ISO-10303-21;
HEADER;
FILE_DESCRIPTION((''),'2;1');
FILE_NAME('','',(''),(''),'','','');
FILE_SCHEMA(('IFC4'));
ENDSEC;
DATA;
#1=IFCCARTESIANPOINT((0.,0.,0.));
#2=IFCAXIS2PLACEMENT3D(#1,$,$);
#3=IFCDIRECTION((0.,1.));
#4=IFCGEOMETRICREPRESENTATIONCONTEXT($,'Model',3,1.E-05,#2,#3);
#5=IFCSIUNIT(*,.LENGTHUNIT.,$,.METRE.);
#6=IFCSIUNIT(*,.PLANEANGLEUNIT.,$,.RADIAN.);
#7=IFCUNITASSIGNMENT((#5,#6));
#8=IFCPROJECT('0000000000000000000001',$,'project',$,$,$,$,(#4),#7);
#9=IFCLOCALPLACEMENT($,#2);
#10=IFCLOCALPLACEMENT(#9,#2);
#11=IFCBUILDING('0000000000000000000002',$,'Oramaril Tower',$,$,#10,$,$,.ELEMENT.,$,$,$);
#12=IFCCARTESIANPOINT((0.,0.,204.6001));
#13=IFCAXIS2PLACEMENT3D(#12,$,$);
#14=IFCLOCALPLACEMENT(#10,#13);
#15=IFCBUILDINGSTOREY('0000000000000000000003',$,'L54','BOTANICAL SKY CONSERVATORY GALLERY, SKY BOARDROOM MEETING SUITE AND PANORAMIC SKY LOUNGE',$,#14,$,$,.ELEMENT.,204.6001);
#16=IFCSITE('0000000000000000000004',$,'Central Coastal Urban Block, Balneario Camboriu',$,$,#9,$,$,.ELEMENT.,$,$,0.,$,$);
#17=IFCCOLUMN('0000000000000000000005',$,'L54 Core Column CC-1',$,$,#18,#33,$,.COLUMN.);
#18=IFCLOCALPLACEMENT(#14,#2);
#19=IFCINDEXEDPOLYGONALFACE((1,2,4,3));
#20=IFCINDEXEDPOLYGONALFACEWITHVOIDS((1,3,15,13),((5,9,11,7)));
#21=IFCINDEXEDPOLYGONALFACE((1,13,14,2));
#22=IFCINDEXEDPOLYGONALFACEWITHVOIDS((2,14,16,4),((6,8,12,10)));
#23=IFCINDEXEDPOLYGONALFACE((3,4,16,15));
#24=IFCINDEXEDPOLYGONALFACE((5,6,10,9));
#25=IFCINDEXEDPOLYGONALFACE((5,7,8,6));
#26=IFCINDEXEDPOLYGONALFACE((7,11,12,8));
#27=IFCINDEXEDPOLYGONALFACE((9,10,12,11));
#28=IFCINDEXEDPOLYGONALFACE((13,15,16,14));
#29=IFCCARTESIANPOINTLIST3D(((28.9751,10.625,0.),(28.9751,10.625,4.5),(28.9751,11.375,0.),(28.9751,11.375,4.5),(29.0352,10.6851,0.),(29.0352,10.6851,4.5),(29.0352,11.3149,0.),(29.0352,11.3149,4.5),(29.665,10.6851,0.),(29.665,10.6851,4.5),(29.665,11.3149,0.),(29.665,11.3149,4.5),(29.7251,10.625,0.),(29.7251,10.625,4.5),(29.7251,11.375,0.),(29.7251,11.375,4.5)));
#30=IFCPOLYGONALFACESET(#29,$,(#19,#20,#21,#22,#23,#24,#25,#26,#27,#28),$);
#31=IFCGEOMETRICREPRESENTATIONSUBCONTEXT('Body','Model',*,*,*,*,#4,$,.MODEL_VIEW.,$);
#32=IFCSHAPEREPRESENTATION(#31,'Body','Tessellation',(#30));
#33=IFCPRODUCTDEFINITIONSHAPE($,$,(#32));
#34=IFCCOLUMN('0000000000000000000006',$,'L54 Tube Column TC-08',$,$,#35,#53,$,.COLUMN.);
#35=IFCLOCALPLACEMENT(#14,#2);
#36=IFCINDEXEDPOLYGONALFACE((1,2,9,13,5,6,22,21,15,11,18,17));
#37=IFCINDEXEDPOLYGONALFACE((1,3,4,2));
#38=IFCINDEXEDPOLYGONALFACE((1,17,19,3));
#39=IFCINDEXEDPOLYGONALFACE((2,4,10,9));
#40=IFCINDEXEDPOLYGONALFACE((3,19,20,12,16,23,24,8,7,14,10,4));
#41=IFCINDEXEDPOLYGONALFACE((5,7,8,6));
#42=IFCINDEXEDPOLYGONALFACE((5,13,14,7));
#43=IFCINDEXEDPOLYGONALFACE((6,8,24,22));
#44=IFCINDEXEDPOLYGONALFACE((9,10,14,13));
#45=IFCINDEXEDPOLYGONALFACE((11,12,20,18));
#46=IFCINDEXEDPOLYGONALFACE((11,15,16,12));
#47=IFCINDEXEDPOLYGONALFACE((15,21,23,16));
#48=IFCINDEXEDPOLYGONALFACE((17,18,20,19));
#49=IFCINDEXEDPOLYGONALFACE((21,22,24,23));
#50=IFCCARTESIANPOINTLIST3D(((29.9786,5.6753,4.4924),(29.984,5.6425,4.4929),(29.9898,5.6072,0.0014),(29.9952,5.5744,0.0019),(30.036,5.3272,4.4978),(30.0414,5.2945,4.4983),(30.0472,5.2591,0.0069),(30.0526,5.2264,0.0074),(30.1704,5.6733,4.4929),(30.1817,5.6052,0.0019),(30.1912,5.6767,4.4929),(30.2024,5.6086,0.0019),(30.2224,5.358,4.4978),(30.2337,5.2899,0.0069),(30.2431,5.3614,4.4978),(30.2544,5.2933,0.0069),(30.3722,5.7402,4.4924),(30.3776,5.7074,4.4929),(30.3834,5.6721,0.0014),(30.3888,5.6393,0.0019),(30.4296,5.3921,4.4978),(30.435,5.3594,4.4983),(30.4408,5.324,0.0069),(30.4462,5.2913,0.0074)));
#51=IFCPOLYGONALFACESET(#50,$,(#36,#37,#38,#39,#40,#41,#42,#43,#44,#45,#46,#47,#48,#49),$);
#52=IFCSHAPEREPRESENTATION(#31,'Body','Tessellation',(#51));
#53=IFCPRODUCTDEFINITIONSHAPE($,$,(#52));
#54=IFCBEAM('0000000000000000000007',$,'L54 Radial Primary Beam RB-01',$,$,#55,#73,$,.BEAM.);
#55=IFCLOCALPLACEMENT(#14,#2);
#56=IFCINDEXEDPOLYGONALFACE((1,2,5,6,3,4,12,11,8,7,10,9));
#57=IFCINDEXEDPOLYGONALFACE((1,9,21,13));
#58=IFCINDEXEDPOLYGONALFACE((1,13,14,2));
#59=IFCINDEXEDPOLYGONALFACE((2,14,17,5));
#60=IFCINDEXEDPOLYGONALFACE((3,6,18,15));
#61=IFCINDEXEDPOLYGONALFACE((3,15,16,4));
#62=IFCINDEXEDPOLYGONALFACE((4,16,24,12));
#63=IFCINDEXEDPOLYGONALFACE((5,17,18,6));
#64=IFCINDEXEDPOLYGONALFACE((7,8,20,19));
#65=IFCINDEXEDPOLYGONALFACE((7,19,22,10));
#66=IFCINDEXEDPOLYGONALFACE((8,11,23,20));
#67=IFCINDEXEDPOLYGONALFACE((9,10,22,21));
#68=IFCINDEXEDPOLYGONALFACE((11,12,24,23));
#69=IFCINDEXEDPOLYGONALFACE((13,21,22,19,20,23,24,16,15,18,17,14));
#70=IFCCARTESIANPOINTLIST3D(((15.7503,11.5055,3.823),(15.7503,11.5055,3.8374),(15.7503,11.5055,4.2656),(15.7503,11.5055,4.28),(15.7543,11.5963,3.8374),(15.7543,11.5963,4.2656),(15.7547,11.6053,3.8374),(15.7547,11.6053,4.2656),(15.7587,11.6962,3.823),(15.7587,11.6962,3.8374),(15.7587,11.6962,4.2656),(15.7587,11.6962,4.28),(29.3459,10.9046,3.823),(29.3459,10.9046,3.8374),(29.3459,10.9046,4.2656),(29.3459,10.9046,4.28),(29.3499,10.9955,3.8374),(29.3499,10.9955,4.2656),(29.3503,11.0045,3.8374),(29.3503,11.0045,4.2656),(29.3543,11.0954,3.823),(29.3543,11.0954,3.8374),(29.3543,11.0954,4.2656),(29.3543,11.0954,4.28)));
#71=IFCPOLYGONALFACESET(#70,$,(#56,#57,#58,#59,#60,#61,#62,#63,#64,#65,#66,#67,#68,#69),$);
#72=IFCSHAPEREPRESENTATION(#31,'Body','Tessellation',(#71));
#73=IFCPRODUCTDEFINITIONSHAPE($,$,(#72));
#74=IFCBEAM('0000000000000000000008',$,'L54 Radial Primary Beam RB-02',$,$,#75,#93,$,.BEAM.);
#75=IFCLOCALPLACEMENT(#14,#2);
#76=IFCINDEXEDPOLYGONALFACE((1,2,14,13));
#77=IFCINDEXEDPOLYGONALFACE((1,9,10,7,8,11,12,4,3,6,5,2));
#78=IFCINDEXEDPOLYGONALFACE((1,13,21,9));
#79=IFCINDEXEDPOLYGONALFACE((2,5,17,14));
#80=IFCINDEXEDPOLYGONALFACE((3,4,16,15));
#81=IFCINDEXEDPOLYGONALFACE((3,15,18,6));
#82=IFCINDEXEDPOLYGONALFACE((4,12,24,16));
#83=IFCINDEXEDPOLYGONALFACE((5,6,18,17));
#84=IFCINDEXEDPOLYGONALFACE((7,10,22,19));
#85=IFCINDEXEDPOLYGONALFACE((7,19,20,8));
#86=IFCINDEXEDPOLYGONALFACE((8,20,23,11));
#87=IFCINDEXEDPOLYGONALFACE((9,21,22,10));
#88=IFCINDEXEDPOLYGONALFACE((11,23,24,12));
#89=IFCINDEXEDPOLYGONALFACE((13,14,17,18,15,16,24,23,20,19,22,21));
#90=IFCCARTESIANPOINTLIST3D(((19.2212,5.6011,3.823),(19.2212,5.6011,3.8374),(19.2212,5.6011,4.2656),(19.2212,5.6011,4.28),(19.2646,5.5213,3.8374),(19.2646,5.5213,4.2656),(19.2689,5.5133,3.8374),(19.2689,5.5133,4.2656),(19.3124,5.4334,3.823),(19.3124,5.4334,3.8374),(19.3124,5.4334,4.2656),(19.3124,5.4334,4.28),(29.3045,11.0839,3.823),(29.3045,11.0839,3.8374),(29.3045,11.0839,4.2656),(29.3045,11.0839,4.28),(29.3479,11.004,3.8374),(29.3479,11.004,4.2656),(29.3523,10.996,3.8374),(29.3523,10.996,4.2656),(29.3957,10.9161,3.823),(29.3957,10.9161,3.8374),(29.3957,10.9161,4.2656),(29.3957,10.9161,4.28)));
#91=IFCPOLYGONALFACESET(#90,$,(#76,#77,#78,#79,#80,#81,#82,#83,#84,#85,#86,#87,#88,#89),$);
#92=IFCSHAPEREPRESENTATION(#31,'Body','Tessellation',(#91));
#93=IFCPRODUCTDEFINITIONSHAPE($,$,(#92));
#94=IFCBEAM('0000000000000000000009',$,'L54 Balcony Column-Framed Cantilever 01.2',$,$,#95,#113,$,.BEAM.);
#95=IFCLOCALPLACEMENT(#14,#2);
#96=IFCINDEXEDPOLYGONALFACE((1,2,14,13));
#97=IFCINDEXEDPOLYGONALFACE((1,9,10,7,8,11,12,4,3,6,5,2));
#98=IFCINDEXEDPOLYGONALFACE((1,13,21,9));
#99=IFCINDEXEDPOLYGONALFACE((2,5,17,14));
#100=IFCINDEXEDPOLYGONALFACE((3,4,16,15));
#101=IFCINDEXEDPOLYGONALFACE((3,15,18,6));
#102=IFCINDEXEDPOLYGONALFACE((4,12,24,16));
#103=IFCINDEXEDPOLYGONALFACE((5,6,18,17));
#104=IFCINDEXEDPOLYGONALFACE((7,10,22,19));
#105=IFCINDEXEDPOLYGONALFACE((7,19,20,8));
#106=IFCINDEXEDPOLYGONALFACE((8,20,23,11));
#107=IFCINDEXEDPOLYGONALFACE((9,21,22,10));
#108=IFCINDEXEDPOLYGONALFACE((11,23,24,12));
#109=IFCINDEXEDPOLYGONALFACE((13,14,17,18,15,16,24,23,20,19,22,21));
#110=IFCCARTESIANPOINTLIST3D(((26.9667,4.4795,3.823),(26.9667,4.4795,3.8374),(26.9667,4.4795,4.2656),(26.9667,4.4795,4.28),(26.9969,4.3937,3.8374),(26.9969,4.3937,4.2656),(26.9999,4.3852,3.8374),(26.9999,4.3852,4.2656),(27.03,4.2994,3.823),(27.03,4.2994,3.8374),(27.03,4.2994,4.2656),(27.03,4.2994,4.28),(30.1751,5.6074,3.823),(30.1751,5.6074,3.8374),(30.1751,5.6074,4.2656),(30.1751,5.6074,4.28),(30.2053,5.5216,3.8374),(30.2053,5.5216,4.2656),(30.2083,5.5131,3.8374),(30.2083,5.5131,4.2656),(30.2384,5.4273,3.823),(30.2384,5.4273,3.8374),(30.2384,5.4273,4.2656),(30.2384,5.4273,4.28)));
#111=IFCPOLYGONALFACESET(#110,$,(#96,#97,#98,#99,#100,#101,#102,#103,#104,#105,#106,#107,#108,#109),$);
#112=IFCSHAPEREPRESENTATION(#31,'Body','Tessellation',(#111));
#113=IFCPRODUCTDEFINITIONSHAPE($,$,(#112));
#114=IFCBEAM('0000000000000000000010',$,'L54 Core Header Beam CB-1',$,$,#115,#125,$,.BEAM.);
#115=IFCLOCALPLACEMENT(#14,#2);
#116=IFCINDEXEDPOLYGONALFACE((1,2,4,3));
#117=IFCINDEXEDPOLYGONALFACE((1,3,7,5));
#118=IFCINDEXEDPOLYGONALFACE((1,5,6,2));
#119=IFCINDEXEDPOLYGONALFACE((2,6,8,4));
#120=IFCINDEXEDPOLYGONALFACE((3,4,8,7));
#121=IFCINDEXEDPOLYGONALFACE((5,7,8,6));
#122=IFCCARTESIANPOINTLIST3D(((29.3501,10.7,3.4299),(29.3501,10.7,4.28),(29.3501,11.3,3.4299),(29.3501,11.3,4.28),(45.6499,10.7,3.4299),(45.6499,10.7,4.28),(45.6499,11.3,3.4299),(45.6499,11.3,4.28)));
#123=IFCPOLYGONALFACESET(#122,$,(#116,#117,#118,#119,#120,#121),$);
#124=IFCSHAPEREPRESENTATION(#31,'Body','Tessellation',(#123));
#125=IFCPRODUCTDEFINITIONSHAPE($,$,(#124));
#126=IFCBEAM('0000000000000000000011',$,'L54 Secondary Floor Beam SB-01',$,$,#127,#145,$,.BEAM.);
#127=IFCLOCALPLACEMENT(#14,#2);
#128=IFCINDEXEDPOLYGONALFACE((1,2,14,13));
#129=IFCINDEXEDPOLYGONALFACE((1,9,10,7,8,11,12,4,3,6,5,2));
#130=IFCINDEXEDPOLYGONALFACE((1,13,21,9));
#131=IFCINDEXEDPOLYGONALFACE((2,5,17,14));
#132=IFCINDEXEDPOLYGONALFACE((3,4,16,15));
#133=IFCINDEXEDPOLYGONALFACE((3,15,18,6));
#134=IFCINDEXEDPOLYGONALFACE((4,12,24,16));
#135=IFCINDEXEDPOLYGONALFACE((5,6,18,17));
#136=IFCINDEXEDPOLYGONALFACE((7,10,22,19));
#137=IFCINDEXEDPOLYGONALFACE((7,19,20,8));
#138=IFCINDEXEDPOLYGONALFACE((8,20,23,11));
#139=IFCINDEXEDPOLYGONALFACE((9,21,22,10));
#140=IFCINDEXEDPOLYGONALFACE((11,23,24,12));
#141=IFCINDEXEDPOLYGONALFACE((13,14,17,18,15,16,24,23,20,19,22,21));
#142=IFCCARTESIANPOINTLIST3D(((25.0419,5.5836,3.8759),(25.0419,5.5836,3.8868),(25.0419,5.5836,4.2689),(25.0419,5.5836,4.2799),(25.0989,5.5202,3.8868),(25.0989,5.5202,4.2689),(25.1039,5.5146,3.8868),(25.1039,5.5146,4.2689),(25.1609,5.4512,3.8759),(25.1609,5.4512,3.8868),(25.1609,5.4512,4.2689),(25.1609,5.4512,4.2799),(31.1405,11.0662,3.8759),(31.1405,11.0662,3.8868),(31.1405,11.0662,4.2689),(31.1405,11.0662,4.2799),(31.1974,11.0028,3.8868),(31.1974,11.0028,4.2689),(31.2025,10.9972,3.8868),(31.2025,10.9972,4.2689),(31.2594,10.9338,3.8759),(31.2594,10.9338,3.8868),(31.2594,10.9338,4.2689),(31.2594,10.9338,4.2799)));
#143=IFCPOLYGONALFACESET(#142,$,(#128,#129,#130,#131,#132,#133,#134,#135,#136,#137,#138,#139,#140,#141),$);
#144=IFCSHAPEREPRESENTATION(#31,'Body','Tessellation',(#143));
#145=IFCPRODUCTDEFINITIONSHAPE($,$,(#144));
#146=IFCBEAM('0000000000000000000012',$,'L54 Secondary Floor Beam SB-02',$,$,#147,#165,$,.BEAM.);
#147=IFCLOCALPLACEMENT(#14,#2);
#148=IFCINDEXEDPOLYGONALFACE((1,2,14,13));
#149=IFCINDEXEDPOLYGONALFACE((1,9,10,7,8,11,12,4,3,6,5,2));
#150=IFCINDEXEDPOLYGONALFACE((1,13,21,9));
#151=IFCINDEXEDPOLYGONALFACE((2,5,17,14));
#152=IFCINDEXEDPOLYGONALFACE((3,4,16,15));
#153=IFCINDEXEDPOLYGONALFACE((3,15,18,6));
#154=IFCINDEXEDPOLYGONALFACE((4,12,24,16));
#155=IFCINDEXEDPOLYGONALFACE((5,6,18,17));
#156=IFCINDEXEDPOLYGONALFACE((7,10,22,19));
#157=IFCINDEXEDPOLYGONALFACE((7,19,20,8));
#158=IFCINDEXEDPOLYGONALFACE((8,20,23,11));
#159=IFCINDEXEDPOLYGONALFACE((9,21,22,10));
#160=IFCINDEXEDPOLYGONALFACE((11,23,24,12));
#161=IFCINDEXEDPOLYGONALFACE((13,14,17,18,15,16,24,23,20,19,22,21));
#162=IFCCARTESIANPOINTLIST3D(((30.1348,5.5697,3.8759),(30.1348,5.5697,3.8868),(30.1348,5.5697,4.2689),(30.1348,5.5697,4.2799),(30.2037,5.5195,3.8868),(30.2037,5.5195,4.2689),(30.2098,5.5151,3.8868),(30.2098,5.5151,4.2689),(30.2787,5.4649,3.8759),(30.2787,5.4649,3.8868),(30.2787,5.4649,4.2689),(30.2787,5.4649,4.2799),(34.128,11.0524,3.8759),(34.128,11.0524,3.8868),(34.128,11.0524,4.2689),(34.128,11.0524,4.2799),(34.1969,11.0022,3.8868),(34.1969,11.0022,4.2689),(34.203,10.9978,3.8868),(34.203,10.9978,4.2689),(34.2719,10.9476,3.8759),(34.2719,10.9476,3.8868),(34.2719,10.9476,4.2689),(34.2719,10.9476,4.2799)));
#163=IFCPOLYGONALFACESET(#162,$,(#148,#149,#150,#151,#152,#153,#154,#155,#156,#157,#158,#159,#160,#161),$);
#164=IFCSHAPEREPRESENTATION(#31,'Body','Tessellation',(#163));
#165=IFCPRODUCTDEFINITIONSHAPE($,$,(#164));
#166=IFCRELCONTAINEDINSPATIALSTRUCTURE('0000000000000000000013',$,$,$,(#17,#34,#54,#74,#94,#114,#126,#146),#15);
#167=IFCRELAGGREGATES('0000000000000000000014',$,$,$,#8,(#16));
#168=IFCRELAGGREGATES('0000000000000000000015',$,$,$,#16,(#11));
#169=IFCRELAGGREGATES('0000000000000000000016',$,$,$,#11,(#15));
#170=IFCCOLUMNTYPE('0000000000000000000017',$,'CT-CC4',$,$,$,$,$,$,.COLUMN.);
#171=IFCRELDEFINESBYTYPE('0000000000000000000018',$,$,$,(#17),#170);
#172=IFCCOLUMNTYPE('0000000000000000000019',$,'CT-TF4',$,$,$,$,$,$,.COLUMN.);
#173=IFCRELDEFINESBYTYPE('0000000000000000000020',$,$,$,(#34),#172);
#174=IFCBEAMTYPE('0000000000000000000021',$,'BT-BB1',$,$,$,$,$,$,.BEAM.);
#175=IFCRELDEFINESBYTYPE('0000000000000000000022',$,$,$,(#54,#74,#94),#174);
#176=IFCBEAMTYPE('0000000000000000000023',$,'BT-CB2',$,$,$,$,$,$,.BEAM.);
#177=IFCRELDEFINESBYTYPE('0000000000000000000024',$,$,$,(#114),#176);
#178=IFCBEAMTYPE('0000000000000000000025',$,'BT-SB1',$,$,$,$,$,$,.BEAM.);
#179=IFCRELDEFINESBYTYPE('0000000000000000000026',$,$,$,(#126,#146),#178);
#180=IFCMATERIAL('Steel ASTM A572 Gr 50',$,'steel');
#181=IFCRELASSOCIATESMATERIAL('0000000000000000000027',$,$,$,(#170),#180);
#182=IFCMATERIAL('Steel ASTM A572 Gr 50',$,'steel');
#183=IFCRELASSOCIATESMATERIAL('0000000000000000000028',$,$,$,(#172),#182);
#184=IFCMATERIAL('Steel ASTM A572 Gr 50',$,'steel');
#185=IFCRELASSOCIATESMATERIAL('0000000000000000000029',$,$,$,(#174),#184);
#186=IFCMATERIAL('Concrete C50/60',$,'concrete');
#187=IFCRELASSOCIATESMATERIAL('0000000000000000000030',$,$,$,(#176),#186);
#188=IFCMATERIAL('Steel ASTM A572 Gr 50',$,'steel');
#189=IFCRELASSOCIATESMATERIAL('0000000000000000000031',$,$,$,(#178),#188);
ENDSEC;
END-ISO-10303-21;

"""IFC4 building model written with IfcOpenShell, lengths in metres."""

from ifc_helpers import new_model, si_unit, direction, frame, origin, origin_2d, place, context, subcontext, project, spatial, rectangle, hollow_rectangle, i_section, extrude, material, material_profile, profile_set, type_object, element, save


model = new_model("IFC4")

# Units and contexts
model_context = context("Model", 3, precision=1e-05, world=origin(), true_north=direction((0.0, 1.0)))
body_context = subcontext(model_context, "Body", "Model", "MODEL_VIEW")
ifc_project = project(units=[si_unit("LENGTHUNIT", "METRE"), si_unit("PLANEANGLEUNIT", "RADIAN")], contexts=[model_context])

# Site, building, storey
site_placement = place(None, origin())
site = spatial("IfcSite", under=ifc_project, at=site_placement, Name="Central Coastal Urban Block, Balneario Camboriu", CompositionType="ELEMENT", RefElevation=0.0)
building_placement = place(site_placement, origin())
building = spatial("IfcBuilding", under=site, at=building_placement, Name="Oramaril Tower", CompositionType="ELEMENT")
storey_placement = place(building_placement, frame((0.0, 0.0, 204.6001)))
storey = spatial("IfcBuildingStorey", under=building, at=storey_placement, Name="L54", Description="BOTANICAL SKY CONSERVATORY GALLERY, SKY BOARDROOM MEETING SUITE AND PANORAMIC SKY LOUNGE", CompositionType="ELEMENT", Elevation=204.6001)

# Columns
ifc_material_1 = material(Name="Steel ASTM A572 Gr 50", Category="steel")
ifc_material_profile_1 = material_profile(ifc_material_1, hollow_rectangle(XDim=0.75, YDim=0.75, WallThickness=0.0601, at=origin_2d()), Name="BOX750X750X60")
ifc_profile_set_1 = profile_set([ifc_material_profile_1], Name="Steel ASTM A572 Gr 50")
column_type_1 = type_object("IfcColumnType", Name="CT-CC4", PredefinedType="COLUMN", material=ifc_profile_set_1)
column_1_placement = place(storey_placement, frame((29.3501, 11.0, 0.0), z_axis=(0.0, 0.0, 1.0), x_axis=(1.0, 0.0, 0.0)))
element("IfcColumn", 1, at=column_1_placement, inside=storey, type_object=column_type_1, Name="L54 Core Column CC-1", PredefinedType="COLUMN", context=body_context, shape_type="SweptSolid", body=[
    extrude(hollow_rectangle(XDim=0.75, YDim=0.75, WallThickness=0.0601, at=origin_2d()), origin(), (0.0, 0.0, 1.0), 4.5),
])
ifc_material_2 = material(Name="Steel ASTM A572 Gr 50", Category="steel")
ifc_material_profile_2 = material_profile(ifc_material_2, i_section(OverallWidth=0.3989, OverallDepth=0.386, WebThickness=0.021, FlangeThickness=0.0332, at=origin_2d()), Name="W14X176")
ifc_profile_set_2 = profile_set([ifc_material_profile_2], Name="Steel ASTM A572 Gr 50")
column_type_2 = type_object("IfcColumnType", Name="CT-TF4", PredefinedType="COLUMN", material=ifc_profile_set_2)
column_2_placement = place(storey_placement, frame((30.218, 5.4492, 0.0044), z_axis=(-0.0025, 0.015165, 0.999882), x_axis=(-0.986679, -0.162678, 0.0)))
element("IfcColumn", 2, at=column_2_placement, inside=storey, type_object=column_type_2, Name="L54 Tube Column TC-08", PredefinedType="COLUMN", context=body_context, shape_type="SweptSolid", body=[
    extrude(i_section(OverallWidth=0.3989, OverallDepth=0.386, WebThickness=0.021, FlangeThickness=0.0332, at=origin_2d()), origin(), (0.0, 0.0, 1.0), 4.4915),
])

# Beams
ifc_material_3 = material(Name="Steel ASTM A572 Gr 50", Category="steel")
ifc_material_profile_3 = material_profile(ifc_material_3, i_section(OverallWidth=0.1909, OverallDepth=0.457, WebThickness=0.009, FlangeThickness=0.0144, at=origin_2d()), Name="W18X50")
ifc_profile_set_3 = profile_set([ifc_material_profile_3], Name="Steel ASTM A572 Gr 50")
beam_type_1 = type_object("IfcBeamType", Name="BT-BB1", PredefinedType="BEAM", material=ifc_profile_set_3)
beam_1_placement = place(storey_placement, frame((29.3501, 11.0, 4.0515), z_axis=(-0.999025, 0.04415, 0.0), x_axis=(-0.04415, -0.999025, 0.0)))
element("IfcBeam", 3, at=beam_1_placement, inside=storey, type_object=beam_type_1, Name="L54 Radial Primary Beam RB-01", PredefinedType="BEAM", context=body_context, shape_type="SweptSolid", body=[
    extrude(i_section(OverallWidth=0.1909, OverallDepth=0.457, WebThickness=0.009, FlangeThickness=0.0144, at=origin_2d()), origin(), (0.0, 0.0, 1.0), 13.6089),
])
beam_2_placement = place(storey_placement, frame((29.3501, 11.0, 4.0515), z_axis=(-0.878528, -0.477691, 0.0), x_axis=(0.477691, -0.878528, 0.0)))
element("IfcBeam", 4, at=beam_2_placement, inside=storey, type_object=beam_type_1, Name="L54 Radial Primary Beam RB-02", PredefinedType="BEAM", context=body_context, shape_type="SweptSolid", body=[
    extrude(i_section(OverallWidth=0.1909, OverallDepth=0.457, WebThickness=0.009, FlangeThickness=0.0144, at=origin_2d()), origin(), (0.0, 0.0, 1.0), 11.4775),
])
beam_3_placement = place(storey_placement, frame((30.2068, 5.5173, 4.0515), z_axis=(-0.943403, -0.331648, 0.0), x_axis=(0.331648, -0.943403, 0.0)))
element("IfcBeam", 5, at=beam_3_placement, inside=storey, type_object=beam_type_1, Name="L54 Balcony Column-Framed Cantilever 01.2", PredefinedType="BEAM", context=body_context, shape_type="SweptSolid", body=[
    extrude(i_section(OverallWidth=0.1909, OverallDepth=0.457, WebThickness=0.009, FlangeThickness=0.0144, at=origin_2d()), origin(), (0.0, 0.0, 1.0), 3.4009),
])
ifc_material_4 = material(Name="Concrete C50/60", Category="concrete")
ifc_material_profile_4 = material_profile(ifc_material_4, rectangle(XDim=0.6001, YDim=0.8501, at=origin_2d()), Name="CB600X850")
ifc_profile_set_4 = profile_set([ifc_material_profile_4], Name="Concrete C50/60")
beam_type_2 = type_object("IfcBeamType", Name="BT-CB2", PredefinedType="BEAM", material=ifc_profile_set_4)
beam_4_placement = place(storey_placement, frame((29.3501, 11.0, 3.855), z_axis=(1.0, 0.0, 0.0), x_axis=(0.0, 1.0, 0.0)))
element("IfcBeam", 6, at=beam_4_placement, inside=storey, type_object=beam_type_2, Name="L54 Core Header Beam CB-1", PredefinedType="BEAM", context=body_context, shape_type="SweptSolid", body=[
    extrude(rectangle(XDim=0.6001, YDim=0.8501, at=origin_2d()), origin(), (0.0, 0.0, 1.0), 16.2998),
])
ifc_material_5 = material(Name="Steel ASTM A572 Gr 50", Category="steel")
ifc_material_profile_5 = material_profile(ifc_material_5, i_section(OverallWidth=0.178, OverallDepth=0.4041, WebThickness=0.0076, FlangeThickness=0.011, at=origin_2d()), Name="W16X36")
ifc_profile_set_5 = profile_set([ifc_material_profile_5], Name="Steel ASTM A572 Gr 50")
beam_type_3 = type_object("IfcBeamType", Name="BT-SB1", PredefinedType="BEAM", material=ifc_profile_set_5)
beam_5_placement = place(storey_placement, frame((31.2, 11.0, 4.0779), z_axis=(-0.743664, -0.668553, 0.0), x_axis=(0.668553, -0.743664, 0.0)))
element("IfcBeam", 7, at=beam_5_placement, inside=storey, type_object=beam_type_3, Name="L54 Secondary Floor Beam SB-01", PredefinedType="BEAM", context=body_context, shape_type="SweptSolid", body=[
    extrude(i_section(OverallWidth=0.178, OverallDepth=0.4041, WebThickness=0.0076, FlangeThickness=0.011, at=origin_2d()), origin(), (0.0, 0.0, 1.0), 8.2007),
])
beam_6_placement = place(storey_placement, frame((34.2, 11.0, 4.0779), z_axis=(-0.588728, -0.808331, 0.0), x_axis=(0.808331, -0.588728, 0.0)))
element("IfcBeam", 8, at=beam_6_placement, inside=storey, type_object=beam_type_3, Name="L54 Secondary Floor Beam SB-02", PredefinedType="BEAM", context=body_context, shape_type="SweptSolid", body=[
    extrude(i_section(OverallWidth=0.178, OverallDepth=0.4041, WebThickness=0.0076, FlangeThickness=0.011, at=origin_2d()), origin(), (0.0, 0.0, 1.0), 6.7827),
])

save(model, "model.ifc")
